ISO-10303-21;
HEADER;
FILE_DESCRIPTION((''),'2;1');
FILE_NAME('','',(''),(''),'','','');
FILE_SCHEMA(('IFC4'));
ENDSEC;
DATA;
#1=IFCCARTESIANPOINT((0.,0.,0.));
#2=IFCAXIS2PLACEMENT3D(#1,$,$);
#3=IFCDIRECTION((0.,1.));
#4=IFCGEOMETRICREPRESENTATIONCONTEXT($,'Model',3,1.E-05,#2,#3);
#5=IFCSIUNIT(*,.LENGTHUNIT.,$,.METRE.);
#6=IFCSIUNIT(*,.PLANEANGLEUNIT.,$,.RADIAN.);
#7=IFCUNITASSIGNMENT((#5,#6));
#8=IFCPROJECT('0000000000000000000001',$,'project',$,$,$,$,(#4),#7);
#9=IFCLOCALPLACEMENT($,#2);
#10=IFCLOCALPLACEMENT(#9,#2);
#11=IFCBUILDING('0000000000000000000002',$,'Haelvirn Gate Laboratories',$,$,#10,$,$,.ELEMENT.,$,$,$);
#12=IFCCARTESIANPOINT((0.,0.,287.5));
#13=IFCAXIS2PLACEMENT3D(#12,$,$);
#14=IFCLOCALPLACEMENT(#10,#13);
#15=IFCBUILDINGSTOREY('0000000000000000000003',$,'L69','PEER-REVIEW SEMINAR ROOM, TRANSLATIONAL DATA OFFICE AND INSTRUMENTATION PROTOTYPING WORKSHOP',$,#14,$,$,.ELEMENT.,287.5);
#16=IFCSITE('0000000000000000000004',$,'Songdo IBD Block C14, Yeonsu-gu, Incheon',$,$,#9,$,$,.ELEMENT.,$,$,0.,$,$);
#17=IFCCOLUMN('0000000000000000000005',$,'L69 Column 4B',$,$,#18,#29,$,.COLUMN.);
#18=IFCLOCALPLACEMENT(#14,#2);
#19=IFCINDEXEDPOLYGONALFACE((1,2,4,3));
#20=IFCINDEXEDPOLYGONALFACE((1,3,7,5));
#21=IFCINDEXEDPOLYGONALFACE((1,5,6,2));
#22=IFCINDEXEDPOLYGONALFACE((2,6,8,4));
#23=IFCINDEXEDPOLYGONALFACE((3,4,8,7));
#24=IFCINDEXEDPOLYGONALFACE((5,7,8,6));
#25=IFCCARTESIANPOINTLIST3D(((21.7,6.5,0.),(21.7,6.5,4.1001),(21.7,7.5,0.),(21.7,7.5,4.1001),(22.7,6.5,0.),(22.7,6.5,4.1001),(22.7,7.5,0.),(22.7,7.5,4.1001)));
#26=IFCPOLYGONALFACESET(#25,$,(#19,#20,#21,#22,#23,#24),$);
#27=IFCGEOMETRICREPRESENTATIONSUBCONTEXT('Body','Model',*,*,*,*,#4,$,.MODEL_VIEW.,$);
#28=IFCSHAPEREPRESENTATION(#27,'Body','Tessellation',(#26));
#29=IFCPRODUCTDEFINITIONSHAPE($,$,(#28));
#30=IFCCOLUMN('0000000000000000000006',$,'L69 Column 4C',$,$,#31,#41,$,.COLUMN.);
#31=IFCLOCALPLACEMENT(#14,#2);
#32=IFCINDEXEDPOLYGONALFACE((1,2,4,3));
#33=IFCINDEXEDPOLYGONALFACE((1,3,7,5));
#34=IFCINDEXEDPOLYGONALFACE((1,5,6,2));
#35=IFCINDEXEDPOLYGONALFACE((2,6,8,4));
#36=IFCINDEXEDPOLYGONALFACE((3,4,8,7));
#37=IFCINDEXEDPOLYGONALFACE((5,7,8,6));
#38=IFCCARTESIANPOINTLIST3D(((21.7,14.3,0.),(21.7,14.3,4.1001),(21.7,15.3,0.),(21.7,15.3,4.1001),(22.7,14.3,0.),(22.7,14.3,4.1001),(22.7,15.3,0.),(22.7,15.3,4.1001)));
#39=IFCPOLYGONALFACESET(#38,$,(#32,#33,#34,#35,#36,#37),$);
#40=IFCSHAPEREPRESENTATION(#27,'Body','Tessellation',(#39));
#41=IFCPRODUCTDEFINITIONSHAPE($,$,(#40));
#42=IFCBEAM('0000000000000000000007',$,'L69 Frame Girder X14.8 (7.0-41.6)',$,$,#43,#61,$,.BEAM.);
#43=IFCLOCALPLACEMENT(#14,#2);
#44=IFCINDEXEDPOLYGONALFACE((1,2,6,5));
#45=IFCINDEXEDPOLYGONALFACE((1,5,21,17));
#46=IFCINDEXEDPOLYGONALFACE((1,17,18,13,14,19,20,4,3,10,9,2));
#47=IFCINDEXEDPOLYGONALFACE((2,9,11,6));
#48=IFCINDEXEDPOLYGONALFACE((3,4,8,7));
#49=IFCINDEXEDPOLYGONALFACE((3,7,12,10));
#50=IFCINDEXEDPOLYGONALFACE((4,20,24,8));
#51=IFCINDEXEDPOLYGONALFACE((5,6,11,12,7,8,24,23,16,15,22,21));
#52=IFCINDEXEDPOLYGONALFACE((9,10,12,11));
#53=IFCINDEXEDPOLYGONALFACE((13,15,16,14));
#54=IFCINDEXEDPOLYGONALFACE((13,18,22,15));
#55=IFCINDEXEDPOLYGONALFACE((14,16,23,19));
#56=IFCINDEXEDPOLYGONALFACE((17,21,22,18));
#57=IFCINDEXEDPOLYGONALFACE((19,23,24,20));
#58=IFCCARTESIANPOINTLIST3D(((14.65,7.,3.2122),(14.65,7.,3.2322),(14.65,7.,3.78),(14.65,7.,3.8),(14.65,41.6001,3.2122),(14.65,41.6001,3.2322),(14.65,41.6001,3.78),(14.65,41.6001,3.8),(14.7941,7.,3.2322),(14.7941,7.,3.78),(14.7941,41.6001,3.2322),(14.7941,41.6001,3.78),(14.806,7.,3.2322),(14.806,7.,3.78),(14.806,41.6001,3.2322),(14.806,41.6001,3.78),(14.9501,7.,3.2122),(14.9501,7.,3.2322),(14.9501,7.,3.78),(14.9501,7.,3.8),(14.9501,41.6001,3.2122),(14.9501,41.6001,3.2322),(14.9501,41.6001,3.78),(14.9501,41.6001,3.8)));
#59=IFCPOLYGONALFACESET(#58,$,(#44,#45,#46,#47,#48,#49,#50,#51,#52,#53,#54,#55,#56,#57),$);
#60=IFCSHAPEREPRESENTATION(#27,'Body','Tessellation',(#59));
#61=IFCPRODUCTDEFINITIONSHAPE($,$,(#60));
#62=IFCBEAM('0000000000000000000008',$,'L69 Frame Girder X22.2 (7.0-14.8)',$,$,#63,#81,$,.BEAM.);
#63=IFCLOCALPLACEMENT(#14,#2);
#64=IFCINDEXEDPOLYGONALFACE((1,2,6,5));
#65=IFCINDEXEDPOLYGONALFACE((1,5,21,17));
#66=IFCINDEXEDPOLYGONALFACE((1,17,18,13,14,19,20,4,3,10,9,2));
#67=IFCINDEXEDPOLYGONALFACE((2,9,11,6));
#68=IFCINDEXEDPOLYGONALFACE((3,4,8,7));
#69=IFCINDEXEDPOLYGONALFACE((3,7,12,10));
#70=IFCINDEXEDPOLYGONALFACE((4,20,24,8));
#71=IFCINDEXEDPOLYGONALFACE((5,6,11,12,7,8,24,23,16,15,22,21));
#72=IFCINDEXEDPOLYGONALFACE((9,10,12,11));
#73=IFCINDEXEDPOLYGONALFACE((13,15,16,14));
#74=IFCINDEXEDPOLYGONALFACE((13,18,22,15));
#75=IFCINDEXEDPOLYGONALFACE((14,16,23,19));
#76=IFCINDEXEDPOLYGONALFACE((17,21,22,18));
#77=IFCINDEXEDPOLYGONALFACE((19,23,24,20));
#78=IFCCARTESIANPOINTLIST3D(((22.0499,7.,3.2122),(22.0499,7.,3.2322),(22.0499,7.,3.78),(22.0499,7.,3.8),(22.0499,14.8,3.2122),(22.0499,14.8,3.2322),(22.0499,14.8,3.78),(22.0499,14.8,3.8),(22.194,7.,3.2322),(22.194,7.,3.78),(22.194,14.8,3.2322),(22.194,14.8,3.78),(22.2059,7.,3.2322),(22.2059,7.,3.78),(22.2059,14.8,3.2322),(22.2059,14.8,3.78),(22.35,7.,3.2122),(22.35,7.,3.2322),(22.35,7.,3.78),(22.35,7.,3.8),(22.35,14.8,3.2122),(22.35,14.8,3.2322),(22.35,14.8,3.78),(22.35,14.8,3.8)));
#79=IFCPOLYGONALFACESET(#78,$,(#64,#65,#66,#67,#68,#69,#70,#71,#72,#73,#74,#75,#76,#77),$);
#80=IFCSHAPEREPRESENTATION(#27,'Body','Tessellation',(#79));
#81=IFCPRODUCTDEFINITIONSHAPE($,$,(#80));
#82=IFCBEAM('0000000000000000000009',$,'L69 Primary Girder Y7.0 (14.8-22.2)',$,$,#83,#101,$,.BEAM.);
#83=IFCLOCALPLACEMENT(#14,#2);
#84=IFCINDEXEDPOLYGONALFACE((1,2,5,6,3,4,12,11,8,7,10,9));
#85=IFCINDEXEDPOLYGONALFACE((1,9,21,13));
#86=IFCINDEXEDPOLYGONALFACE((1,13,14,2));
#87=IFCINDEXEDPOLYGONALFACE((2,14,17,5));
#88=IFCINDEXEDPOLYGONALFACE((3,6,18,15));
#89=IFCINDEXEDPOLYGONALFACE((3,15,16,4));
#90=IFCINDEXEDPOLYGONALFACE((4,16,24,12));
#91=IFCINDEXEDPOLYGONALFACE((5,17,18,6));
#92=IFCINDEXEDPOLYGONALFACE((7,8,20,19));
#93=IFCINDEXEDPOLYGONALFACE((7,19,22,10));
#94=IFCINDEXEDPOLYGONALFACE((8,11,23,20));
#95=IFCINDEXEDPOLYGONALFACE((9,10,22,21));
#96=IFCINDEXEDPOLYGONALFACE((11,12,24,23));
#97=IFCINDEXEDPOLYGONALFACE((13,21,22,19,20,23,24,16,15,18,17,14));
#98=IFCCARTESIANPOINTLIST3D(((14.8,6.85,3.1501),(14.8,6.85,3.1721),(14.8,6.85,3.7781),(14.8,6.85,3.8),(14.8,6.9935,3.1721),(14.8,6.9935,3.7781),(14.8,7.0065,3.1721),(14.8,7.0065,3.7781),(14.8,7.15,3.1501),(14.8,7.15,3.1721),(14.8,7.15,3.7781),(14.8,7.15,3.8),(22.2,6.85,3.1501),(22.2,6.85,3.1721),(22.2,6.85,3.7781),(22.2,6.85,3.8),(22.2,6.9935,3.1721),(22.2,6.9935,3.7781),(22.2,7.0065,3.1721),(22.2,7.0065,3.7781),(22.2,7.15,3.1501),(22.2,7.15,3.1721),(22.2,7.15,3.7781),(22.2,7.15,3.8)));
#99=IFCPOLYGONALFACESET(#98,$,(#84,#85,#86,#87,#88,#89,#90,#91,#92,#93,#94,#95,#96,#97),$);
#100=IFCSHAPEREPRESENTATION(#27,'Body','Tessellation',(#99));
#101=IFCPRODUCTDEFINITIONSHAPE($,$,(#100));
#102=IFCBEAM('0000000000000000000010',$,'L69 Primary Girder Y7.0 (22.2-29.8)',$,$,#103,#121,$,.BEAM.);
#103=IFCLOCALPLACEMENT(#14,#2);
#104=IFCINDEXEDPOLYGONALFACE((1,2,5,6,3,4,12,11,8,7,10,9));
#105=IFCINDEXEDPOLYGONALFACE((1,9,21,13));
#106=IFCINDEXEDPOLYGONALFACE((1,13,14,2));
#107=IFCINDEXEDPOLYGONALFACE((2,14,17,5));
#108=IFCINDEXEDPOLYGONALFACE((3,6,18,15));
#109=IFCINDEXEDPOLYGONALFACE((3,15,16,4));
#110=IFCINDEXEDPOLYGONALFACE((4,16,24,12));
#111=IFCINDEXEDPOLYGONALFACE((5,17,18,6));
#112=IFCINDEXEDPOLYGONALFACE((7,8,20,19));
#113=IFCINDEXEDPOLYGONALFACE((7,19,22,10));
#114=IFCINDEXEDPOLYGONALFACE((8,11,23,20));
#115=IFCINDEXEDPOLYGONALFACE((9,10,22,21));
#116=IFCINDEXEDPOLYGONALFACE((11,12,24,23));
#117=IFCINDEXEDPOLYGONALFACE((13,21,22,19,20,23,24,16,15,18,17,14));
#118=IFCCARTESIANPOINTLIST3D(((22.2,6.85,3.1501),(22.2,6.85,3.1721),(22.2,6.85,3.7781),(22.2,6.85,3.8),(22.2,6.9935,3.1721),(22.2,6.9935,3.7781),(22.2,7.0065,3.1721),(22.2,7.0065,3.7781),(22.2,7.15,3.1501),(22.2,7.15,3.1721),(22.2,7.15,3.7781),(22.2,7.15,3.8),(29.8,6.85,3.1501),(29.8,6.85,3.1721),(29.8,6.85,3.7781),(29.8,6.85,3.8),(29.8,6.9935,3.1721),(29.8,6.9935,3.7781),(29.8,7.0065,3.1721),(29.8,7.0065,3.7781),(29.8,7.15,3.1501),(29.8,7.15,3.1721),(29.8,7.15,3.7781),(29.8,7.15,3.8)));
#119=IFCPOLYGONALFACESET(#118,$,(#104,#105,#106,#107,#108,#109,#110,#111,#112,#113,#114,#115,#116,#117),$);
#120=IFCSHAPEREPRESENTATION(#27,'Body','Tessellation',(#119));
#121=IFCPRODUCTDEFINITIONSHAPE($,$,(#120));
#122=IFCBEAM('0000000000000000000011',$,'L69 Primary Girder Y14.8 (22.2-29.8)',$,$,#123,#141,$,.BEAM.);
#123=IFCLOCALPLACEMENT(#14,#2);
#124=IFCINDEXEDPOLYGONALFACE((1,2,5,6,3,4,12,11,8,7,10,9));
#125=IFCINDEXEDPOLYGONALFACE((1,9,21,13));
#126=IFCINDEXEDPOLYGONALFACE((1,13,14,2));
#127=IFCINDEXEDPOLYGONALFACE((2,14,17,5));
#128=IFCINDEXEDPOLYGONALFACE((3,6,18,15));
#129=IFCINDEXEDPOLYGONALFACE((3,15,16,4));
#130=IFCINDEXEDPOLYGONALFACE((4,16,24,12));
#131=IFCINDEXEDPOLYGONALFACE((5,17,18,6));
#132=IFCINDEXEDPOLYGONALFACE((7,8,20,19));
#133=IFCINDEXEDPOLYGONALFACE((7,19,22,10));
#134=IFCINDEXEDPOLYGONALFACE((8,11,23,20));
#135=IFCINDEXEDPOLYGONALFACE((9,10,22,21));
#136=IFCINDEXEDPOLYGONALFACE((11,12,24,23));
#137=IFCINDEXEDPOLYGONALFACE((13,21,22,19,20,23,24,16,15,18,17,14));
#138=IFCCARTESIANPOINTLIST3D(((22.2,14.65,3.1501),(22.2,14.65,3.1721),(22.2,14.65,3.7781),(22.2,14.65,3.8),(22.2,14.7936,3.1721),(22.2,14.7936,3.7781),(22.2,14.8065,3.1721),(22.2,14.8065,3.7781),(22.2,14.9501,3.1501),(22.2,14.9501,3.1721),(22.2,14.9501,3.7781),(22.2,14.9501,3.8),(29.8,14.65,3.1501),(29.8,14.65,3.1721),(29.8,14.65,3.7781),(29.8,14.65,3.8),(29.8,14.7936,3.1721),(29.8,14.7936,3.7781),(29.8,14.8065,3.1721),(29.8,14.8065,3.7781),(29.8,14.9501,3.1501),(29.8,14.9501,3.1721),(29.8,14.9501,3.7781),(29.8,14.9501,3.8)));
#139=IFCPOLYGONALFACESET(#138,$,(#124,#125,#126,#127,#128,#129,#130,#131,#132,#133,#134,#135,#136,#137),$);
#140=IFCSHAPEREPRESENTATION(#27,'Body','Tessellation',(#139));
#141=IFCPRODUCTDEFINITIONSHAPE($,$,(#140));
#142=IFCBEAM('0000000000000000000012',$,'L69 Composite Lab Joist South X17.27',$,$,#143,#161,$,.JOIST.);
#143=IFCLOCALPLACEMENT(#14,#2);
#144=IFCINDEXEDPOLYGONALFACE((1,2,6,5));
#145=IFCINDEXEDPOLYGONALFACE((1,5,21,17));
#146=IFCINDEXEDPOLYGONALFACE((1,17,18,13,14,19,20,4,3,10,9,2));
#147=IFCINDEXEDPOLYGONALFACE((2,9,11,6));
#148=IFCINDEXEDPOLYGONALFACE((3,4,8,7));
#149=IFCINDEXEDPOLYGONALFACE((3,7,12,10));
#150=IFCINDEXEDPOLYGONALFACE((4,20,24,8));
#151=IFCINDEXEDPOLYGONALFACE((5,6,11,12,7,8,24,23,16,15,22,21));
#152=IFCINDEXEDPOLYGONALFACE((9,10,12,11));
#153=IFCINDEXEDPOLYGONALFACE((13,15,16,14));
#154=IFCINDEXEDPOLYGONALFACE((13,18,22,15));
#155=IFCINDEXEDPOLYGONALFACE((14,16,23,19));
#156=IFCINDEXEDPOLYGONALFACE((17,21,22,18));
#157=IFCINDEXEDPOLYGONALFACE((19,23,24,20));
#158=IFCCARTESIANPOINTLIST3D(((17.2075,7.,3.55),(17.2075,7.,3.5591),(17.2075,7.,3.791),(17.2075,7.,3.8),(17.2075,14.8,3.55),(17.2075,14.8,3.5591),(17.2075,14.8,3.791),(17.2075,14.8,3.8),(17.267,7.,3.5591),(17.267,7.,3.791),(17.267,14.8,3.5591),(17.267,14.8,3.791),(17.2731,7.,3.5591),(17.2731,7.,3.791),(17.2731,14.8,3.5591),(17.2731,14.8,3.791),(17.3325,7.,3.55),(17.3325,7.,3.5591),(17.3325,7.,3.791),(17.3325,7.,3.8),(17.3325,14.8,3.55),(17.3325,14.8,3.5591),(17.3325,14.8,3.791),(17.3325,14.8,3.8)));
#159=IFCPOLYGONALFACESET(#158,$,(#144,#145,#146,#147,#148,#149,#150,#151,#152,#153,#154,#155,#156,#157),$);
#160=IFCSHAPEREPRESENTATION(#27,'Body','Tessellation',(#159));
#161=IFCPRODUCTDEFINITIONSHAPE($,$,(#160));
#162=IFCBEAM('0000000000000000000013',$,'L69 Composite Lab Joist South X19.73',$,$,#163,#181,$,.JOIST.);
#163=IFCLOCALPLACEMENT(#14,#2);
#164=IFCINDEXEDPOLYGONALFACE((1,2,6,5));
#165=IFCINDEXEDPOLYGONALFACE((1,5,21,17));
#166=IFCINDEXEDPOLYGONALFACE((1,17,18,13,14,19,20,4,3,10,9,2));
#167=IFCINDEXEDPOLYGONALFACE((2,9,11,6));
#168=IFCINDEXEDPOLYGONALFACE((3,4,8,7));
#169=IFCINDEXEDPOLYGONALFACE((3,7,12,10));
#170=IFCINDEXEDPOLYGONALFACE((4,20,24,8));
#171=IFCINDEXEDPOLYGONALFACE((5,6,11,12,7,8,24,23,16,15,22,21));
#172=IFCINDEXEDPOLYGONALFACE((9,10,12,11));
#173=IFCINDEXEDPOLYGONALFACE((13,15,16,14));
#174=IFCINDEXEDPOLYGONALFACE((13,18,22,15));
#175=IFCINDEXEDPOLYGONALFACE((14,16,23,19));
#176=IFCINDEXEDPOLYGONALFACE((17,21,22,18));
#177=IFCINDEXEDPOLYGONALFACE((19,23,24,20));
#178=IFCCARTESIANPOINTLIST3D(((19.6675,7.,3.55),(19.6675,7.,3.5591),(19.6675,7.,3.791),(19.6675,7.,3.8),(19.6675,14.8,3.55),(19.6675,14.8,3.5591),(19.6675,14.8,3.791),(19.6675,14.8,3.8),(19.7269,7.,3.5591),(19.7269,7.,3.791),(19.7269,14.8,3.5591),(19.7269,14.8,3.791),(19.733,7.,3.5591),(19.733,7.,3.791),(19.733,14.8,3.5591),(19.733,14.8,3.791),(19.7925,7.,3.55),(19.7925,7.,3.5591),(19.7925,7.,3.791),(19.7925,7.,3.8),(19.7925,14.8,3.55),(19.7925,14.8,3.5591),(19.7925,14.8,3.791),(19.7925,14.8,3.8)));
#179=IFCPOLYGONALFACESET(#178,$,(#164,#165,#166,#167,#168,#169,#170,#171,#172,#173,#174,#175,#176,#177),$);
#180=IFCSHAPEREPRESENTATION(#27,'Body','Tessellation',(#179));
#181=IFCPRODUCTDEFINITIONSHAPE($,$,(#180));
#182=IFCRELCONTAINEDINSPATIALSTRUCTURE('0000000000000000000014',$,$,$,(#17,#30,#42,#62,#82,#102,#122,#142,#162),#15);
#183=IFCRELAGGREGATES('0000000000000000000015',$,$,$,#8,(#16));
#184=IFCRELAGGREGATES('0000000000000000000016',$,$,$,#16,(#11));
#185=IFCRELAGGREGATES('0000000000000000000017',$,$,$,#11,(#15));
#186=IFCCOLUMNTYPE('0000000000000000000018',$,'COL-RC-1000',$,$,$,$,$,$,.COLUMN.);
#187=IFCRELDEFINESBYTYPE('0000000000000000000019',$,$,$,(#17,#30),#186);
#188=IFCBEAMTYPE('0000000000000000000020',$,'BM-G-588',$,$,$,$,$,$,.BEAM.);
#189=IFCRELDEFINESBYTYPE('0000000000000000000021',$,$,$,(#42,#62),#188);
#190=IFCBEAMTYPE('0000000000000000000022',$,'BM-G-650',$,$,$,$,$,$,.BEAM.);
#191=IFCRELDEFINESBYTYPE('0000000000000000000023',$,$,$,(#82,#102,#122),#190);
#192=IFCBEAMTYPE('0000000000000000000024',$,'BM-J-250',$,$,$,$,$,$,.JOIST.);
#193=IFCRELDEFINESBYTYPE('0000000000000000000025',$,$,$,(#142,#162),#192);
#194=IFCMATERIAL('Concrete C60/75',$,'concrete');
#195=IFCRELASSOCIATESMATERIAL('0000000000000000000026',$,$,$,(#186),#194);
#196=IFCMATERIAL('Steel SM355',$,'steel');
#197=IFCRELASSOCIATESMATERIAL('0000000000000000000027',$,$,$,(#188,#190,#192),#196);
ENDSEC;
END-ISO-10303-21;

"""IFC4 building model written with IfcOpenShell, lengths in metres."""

from ifc_helpers import new_model, si_unit, direction, frame, origin, origin_2d, place, context, subcontext, project, spatial, rectangle, i_section, extrude, source, transform, mapped, material, material_profile, profile_set, type_object, type_shapes, element, save


model = new_model("IFC4")

# Units and contexts
model_context = context("Model", 3, precision=1e-05, world=origin(), true_north=direction((0.0, 1.0)))
body_context = subcontext(model_context, "Body", "Model", "MODEL_VIEW")
ifc_project = project(units=[si_unit("LENGTHUNIT", "METRE"), si_unit("PLANEANGLEUNIT", "RADIAN")], contexts=[model_context])

# Site, building, storey
site_placement = place(None, origin())
site = spatial("IfcSite", under=ifc_project, at=site_placement, Name="Songdo IBD Block C14, Yeonsu-gu, Incheon", CompositionType="ELEMENT", RefElevation=0.0)
building_placement = place(site_placement, origin())
building = spatial("IfcBuilding", under=site, at=building_placement, Name="Haelvirn Gate Laboratories", CompositionType="ELEMENT")
storey_placement = place(building_placement, frame((0.0, 0.0, 287.5)))
storey = spatial("IfcBuildingStorey", under=building, at=storey_placement, Name="L69", Description="PEER-REVIEW SEMINAR ROOM, TRANSLATIONAL DATA OFFICE AND INSTRUMENTATION PROTOTYPING WORKSHOP", CompositionType="ELEMENT", Elevation=287.5)

# Columns
ifc_material_1 = material(Name="Concrete C60/75", Category="concrete")
ifc_material_profile_1 = material_profile(ifc_material_1, rectangle(XDim=1.0, YDim=1.0, at=origin_2d()), Name="RC-1000x1000")
ifc_profile_set_1 = profile_set([ifc_material_profile_1], Name="Concrete C60/75")
column_type = type_object("IfcColumnType", Name="COL-RC-1000", PredefinedType="COLUMN", material=ifc_profile_set_1)
shared_shape_1 = source(origin(), body_context, "Body", "SweptSolid", [
    extrude(rectangle(XDim=1.0, YDim=1.0, at=origin_2d()), origin(), (0.0, 0.0, 1.0), 4.1001),
])
type_shapes(column_type, [shared_shape_1])
for number, where, z_axis, x_axis, name in (
    (1, (22.2, 7.0, 0.0), (0.0, 0.0, 1.0), (1.0, 0.0, 0.0), "L69 Column 4B"),
    (2, (22.2, 14.8, 0.0), (0.0, 0.0, 1.0), (1.0, 0.0, 0.0), "L69 Column 4C"),
):
    element("IfcColumn", number, at=place(storey_placement, frame(where, z_axis=z_axis, x_axis=x_axis)), inside=storey, type_object=column_type, Name=name, PredefinedType="COLUMN", context=body_context, shape_type="MappedRepresentation", body=[
        mapped(shared_shape_1, transform((0.0, 0.0, 0.0), scale=1.0)),
    ])

# Beams
ifc_material_2 = material(Name="Steel SM355", Category="steel")
ifc_material_profile_2 = material_profile(ifc_material_2, i_section(OverallWidth=0.3, OverallDepth=0.5879, WebThickness=0.012, FlangeThickness=0.02, at=origin_2d()), Name="H-588x300x12x20")
ifc_profile_set_2 = profile_set([ifc_material_profile_2], Name="Steel SM355")
beam_type_1 = type_object("IfcBeamType", Name="BM-G-588", PredefinedType="BEAM", material=ifc_profile_set_2)
shared_shape_2 = source(origin(), body_context, "Body", "SweptSolid", [
    extrude(i_section(OverallWidth=0.3, OverallDepth=0.5879, WebThickness=0.012, FlangeThickness=0.02, at=origin_2d()), origin(), (0.0, 0.0, 1.0), 34.6001),
])
beam_1_placement = place(storey_placement, frame((14.8, 7.0, 3.5061), z_axis=(0.0, 1.0, 0.0), x_axis=(-1.0, 0.0, 0.0)))
element("IfcBeam", 3, at=beam_1_placement, inside=storey, type_object=beam_type_1, Name="L69 Frame Girder X14.8 (7.0-41.6)", PredefinedType="BEAM", context=body_context, shape_type="MappedRepresentation", body=[
    mapped(shared_shape_2, transform((0.0, 0.0, 0.0), scale=1.0)),
])
shared_shape_3 = source(origin(), body_context, "Body", "SweptSolid", [
    extrude(i_section(OverallWidth=0.3, OverallDepth=0.5879, WebThickness=0.012, FlangeThickness=0.02, at=origin_2d()), origin(), (0.0, 0.0, 1.0), 7.8),
])
type_shapes(beam_type_1, [shared_shape_2, shared_shape_3])
beam_2_placement = place(storey_placement, frame((22.2, 7.0, 3.5061), z_axis=(0.0, 1.0, 0.0), x_axis=(-1.0, 0.0, 0.0)))
element("IfcBeam", 4, at=beam_2_placement, inside=storey, type_object=beam_type_1, Name="L69 Frame Girder X22.2 (7.0-14.8)", PredefinedType="BEAM", context=body_context, shape_type="MappedRepresentation", body=[
    mapped(shared_shape_3, transform((0.0, 0.0, 0.0), scale=1.0)),
])
ifc_material_profile_3 = material_profile(ifc_material_2, i_section(OverallWidth=0.3, OverallDepth=0.6499, WebThickness=0.0129, FlangeThickness=0.022, at=origin_2d()), Name="H-650x300x13x22")
ifc_profile_set_3 = profile_set([ifc_material_profile_3], Name="Steel SM355")
beam_type_2 = type_object("IfcBeamType", Name="BM-G-650", PredefinedType="BEAM", material=ifc_profile_set_3)
shared_shape_4 = source(origin(), body_context, "Body", "SweptSolid", [
    extrude(i_section(OverallWidth=0.3, OverallDepth=0.6499, WebThickness=0.0129, FlangeThickness=0.022, at=origin_2d()), origin(), (0.0, 0.0, 1.0), 7.3999),
])
beam_3_placement = place(storey_placement, frame((14.8, 7.0, 3.4751), z_axis=(1.0, 0.0, 0.0), x_axis=(0.0, 1.0, 0.0)))
element("IfcBeam", 5, at=beam_3_placement, inside=storey, type_object=beam_type_2, Name="L69 Primary Girder Y7.0 (14.8-22.2)", PredefinedType="BEAM", context=body_context, shape_type="MappedRepresentation", body=[
    mapped(shared_shape_4, transform((0.0, 0.0, 0.0), scale=1.0)),
])
shared_shape_5 = source(origin(), body_context, "Body", "SweptSolid", [
    extrude(i_section(OverallWidth=0.3, OverallDepth=0.6499, WebThickness=0.0129, FlangeThickness=0.022, at=origin_2d()), origin(), (0.0, 0.0, 1.0), 7.6001),
])
type_shapes(beam_type_2, [shared_shape_4, shared_shape_5])
for number, where, z_axis, x_axis, name in (
    (6, (22.2, 7.0, 3.4751), (1.0, 0.0, 0.0), (0.0, 1.0, 0.0), "L69 Primary Girder Y7.0 (22.2-29.8)"),
    (7, (22.2, 14.8, 3.4751), (1.0, 0.0, 0.0), (0.0, 1.0, 0.0), "L69 Primary Girder Y14.8 (22.2-29.8)"),
):
    element("IfcBeam", number, at=place(storey_placement, frame(where, z_axis=z_axis, x_axis=x_axis)), inside=storey, type_object=beam_type_2, Name=name, PredefinedType="BEAM", context=body_context, shape_type="MappedRepresentation", body=[
        mapped(shared_shape_5, transform((0.0, 0.0, 0.0), scale=1.0)),
    ])
ifc_material_profile_4 = material_profile(ifc_material_2, i_section(OverallWidth=0.125, OverallDepth=0.25, WebThickness=0.0061, FlangeThickness=0.009, at=origin_2d()), Name="H-250x125x6x9")
ifc_profile_set_4 = profile_set([ifc_material_profile_4], Name="Steel SM355")
beam_type_3 = type_object("IfcBeamType", Name="BM-J-250", PredefinedType="JOIST", material=ifc_profile_set_4)
shared_shape_6 = source(origin(), body_context, "Body", "SweptSolid", [
    extrude(i_section(OverallWidth=0.125, OverallDepth=0.25, WebThickness=0.0061, FlangeThickness=0.009, at=origin_2d()), origin(), (0.0, 0.0, 1.0), 7.8),
])
type_shapes(beam_type_3, [shared_shape_6])
for number, where, z_axis, x_axis, name in (
    (8, (17.27, 7.0, 3.675), (0.0, 1.0, 0.0), (-1.0, 0.0, 0.0), "L69 Composite Lab Joist South X17.27"),
    (9, (19.73, 7.0, 3.675), (0.0, 1.0, 0.0), (-1.0, 0.0, 0.0), "L69 Composite Lab Joist South X19.73"),
):
    element("IfcBeam", number, at=place(storey_placement, frame(where, z_axis=z_axis, x_axis=x_axis)), inside=storey, type_object=beam_type_3, Name=name, PredefinedType="JOIST", context=body_context, shape_type="MappedRepresentation", body=[
        mapped(shared_shape_6, transform((0.0, 0.0, 0.0), scale=1.0)),
    ])

save(model, "model.ifc")
